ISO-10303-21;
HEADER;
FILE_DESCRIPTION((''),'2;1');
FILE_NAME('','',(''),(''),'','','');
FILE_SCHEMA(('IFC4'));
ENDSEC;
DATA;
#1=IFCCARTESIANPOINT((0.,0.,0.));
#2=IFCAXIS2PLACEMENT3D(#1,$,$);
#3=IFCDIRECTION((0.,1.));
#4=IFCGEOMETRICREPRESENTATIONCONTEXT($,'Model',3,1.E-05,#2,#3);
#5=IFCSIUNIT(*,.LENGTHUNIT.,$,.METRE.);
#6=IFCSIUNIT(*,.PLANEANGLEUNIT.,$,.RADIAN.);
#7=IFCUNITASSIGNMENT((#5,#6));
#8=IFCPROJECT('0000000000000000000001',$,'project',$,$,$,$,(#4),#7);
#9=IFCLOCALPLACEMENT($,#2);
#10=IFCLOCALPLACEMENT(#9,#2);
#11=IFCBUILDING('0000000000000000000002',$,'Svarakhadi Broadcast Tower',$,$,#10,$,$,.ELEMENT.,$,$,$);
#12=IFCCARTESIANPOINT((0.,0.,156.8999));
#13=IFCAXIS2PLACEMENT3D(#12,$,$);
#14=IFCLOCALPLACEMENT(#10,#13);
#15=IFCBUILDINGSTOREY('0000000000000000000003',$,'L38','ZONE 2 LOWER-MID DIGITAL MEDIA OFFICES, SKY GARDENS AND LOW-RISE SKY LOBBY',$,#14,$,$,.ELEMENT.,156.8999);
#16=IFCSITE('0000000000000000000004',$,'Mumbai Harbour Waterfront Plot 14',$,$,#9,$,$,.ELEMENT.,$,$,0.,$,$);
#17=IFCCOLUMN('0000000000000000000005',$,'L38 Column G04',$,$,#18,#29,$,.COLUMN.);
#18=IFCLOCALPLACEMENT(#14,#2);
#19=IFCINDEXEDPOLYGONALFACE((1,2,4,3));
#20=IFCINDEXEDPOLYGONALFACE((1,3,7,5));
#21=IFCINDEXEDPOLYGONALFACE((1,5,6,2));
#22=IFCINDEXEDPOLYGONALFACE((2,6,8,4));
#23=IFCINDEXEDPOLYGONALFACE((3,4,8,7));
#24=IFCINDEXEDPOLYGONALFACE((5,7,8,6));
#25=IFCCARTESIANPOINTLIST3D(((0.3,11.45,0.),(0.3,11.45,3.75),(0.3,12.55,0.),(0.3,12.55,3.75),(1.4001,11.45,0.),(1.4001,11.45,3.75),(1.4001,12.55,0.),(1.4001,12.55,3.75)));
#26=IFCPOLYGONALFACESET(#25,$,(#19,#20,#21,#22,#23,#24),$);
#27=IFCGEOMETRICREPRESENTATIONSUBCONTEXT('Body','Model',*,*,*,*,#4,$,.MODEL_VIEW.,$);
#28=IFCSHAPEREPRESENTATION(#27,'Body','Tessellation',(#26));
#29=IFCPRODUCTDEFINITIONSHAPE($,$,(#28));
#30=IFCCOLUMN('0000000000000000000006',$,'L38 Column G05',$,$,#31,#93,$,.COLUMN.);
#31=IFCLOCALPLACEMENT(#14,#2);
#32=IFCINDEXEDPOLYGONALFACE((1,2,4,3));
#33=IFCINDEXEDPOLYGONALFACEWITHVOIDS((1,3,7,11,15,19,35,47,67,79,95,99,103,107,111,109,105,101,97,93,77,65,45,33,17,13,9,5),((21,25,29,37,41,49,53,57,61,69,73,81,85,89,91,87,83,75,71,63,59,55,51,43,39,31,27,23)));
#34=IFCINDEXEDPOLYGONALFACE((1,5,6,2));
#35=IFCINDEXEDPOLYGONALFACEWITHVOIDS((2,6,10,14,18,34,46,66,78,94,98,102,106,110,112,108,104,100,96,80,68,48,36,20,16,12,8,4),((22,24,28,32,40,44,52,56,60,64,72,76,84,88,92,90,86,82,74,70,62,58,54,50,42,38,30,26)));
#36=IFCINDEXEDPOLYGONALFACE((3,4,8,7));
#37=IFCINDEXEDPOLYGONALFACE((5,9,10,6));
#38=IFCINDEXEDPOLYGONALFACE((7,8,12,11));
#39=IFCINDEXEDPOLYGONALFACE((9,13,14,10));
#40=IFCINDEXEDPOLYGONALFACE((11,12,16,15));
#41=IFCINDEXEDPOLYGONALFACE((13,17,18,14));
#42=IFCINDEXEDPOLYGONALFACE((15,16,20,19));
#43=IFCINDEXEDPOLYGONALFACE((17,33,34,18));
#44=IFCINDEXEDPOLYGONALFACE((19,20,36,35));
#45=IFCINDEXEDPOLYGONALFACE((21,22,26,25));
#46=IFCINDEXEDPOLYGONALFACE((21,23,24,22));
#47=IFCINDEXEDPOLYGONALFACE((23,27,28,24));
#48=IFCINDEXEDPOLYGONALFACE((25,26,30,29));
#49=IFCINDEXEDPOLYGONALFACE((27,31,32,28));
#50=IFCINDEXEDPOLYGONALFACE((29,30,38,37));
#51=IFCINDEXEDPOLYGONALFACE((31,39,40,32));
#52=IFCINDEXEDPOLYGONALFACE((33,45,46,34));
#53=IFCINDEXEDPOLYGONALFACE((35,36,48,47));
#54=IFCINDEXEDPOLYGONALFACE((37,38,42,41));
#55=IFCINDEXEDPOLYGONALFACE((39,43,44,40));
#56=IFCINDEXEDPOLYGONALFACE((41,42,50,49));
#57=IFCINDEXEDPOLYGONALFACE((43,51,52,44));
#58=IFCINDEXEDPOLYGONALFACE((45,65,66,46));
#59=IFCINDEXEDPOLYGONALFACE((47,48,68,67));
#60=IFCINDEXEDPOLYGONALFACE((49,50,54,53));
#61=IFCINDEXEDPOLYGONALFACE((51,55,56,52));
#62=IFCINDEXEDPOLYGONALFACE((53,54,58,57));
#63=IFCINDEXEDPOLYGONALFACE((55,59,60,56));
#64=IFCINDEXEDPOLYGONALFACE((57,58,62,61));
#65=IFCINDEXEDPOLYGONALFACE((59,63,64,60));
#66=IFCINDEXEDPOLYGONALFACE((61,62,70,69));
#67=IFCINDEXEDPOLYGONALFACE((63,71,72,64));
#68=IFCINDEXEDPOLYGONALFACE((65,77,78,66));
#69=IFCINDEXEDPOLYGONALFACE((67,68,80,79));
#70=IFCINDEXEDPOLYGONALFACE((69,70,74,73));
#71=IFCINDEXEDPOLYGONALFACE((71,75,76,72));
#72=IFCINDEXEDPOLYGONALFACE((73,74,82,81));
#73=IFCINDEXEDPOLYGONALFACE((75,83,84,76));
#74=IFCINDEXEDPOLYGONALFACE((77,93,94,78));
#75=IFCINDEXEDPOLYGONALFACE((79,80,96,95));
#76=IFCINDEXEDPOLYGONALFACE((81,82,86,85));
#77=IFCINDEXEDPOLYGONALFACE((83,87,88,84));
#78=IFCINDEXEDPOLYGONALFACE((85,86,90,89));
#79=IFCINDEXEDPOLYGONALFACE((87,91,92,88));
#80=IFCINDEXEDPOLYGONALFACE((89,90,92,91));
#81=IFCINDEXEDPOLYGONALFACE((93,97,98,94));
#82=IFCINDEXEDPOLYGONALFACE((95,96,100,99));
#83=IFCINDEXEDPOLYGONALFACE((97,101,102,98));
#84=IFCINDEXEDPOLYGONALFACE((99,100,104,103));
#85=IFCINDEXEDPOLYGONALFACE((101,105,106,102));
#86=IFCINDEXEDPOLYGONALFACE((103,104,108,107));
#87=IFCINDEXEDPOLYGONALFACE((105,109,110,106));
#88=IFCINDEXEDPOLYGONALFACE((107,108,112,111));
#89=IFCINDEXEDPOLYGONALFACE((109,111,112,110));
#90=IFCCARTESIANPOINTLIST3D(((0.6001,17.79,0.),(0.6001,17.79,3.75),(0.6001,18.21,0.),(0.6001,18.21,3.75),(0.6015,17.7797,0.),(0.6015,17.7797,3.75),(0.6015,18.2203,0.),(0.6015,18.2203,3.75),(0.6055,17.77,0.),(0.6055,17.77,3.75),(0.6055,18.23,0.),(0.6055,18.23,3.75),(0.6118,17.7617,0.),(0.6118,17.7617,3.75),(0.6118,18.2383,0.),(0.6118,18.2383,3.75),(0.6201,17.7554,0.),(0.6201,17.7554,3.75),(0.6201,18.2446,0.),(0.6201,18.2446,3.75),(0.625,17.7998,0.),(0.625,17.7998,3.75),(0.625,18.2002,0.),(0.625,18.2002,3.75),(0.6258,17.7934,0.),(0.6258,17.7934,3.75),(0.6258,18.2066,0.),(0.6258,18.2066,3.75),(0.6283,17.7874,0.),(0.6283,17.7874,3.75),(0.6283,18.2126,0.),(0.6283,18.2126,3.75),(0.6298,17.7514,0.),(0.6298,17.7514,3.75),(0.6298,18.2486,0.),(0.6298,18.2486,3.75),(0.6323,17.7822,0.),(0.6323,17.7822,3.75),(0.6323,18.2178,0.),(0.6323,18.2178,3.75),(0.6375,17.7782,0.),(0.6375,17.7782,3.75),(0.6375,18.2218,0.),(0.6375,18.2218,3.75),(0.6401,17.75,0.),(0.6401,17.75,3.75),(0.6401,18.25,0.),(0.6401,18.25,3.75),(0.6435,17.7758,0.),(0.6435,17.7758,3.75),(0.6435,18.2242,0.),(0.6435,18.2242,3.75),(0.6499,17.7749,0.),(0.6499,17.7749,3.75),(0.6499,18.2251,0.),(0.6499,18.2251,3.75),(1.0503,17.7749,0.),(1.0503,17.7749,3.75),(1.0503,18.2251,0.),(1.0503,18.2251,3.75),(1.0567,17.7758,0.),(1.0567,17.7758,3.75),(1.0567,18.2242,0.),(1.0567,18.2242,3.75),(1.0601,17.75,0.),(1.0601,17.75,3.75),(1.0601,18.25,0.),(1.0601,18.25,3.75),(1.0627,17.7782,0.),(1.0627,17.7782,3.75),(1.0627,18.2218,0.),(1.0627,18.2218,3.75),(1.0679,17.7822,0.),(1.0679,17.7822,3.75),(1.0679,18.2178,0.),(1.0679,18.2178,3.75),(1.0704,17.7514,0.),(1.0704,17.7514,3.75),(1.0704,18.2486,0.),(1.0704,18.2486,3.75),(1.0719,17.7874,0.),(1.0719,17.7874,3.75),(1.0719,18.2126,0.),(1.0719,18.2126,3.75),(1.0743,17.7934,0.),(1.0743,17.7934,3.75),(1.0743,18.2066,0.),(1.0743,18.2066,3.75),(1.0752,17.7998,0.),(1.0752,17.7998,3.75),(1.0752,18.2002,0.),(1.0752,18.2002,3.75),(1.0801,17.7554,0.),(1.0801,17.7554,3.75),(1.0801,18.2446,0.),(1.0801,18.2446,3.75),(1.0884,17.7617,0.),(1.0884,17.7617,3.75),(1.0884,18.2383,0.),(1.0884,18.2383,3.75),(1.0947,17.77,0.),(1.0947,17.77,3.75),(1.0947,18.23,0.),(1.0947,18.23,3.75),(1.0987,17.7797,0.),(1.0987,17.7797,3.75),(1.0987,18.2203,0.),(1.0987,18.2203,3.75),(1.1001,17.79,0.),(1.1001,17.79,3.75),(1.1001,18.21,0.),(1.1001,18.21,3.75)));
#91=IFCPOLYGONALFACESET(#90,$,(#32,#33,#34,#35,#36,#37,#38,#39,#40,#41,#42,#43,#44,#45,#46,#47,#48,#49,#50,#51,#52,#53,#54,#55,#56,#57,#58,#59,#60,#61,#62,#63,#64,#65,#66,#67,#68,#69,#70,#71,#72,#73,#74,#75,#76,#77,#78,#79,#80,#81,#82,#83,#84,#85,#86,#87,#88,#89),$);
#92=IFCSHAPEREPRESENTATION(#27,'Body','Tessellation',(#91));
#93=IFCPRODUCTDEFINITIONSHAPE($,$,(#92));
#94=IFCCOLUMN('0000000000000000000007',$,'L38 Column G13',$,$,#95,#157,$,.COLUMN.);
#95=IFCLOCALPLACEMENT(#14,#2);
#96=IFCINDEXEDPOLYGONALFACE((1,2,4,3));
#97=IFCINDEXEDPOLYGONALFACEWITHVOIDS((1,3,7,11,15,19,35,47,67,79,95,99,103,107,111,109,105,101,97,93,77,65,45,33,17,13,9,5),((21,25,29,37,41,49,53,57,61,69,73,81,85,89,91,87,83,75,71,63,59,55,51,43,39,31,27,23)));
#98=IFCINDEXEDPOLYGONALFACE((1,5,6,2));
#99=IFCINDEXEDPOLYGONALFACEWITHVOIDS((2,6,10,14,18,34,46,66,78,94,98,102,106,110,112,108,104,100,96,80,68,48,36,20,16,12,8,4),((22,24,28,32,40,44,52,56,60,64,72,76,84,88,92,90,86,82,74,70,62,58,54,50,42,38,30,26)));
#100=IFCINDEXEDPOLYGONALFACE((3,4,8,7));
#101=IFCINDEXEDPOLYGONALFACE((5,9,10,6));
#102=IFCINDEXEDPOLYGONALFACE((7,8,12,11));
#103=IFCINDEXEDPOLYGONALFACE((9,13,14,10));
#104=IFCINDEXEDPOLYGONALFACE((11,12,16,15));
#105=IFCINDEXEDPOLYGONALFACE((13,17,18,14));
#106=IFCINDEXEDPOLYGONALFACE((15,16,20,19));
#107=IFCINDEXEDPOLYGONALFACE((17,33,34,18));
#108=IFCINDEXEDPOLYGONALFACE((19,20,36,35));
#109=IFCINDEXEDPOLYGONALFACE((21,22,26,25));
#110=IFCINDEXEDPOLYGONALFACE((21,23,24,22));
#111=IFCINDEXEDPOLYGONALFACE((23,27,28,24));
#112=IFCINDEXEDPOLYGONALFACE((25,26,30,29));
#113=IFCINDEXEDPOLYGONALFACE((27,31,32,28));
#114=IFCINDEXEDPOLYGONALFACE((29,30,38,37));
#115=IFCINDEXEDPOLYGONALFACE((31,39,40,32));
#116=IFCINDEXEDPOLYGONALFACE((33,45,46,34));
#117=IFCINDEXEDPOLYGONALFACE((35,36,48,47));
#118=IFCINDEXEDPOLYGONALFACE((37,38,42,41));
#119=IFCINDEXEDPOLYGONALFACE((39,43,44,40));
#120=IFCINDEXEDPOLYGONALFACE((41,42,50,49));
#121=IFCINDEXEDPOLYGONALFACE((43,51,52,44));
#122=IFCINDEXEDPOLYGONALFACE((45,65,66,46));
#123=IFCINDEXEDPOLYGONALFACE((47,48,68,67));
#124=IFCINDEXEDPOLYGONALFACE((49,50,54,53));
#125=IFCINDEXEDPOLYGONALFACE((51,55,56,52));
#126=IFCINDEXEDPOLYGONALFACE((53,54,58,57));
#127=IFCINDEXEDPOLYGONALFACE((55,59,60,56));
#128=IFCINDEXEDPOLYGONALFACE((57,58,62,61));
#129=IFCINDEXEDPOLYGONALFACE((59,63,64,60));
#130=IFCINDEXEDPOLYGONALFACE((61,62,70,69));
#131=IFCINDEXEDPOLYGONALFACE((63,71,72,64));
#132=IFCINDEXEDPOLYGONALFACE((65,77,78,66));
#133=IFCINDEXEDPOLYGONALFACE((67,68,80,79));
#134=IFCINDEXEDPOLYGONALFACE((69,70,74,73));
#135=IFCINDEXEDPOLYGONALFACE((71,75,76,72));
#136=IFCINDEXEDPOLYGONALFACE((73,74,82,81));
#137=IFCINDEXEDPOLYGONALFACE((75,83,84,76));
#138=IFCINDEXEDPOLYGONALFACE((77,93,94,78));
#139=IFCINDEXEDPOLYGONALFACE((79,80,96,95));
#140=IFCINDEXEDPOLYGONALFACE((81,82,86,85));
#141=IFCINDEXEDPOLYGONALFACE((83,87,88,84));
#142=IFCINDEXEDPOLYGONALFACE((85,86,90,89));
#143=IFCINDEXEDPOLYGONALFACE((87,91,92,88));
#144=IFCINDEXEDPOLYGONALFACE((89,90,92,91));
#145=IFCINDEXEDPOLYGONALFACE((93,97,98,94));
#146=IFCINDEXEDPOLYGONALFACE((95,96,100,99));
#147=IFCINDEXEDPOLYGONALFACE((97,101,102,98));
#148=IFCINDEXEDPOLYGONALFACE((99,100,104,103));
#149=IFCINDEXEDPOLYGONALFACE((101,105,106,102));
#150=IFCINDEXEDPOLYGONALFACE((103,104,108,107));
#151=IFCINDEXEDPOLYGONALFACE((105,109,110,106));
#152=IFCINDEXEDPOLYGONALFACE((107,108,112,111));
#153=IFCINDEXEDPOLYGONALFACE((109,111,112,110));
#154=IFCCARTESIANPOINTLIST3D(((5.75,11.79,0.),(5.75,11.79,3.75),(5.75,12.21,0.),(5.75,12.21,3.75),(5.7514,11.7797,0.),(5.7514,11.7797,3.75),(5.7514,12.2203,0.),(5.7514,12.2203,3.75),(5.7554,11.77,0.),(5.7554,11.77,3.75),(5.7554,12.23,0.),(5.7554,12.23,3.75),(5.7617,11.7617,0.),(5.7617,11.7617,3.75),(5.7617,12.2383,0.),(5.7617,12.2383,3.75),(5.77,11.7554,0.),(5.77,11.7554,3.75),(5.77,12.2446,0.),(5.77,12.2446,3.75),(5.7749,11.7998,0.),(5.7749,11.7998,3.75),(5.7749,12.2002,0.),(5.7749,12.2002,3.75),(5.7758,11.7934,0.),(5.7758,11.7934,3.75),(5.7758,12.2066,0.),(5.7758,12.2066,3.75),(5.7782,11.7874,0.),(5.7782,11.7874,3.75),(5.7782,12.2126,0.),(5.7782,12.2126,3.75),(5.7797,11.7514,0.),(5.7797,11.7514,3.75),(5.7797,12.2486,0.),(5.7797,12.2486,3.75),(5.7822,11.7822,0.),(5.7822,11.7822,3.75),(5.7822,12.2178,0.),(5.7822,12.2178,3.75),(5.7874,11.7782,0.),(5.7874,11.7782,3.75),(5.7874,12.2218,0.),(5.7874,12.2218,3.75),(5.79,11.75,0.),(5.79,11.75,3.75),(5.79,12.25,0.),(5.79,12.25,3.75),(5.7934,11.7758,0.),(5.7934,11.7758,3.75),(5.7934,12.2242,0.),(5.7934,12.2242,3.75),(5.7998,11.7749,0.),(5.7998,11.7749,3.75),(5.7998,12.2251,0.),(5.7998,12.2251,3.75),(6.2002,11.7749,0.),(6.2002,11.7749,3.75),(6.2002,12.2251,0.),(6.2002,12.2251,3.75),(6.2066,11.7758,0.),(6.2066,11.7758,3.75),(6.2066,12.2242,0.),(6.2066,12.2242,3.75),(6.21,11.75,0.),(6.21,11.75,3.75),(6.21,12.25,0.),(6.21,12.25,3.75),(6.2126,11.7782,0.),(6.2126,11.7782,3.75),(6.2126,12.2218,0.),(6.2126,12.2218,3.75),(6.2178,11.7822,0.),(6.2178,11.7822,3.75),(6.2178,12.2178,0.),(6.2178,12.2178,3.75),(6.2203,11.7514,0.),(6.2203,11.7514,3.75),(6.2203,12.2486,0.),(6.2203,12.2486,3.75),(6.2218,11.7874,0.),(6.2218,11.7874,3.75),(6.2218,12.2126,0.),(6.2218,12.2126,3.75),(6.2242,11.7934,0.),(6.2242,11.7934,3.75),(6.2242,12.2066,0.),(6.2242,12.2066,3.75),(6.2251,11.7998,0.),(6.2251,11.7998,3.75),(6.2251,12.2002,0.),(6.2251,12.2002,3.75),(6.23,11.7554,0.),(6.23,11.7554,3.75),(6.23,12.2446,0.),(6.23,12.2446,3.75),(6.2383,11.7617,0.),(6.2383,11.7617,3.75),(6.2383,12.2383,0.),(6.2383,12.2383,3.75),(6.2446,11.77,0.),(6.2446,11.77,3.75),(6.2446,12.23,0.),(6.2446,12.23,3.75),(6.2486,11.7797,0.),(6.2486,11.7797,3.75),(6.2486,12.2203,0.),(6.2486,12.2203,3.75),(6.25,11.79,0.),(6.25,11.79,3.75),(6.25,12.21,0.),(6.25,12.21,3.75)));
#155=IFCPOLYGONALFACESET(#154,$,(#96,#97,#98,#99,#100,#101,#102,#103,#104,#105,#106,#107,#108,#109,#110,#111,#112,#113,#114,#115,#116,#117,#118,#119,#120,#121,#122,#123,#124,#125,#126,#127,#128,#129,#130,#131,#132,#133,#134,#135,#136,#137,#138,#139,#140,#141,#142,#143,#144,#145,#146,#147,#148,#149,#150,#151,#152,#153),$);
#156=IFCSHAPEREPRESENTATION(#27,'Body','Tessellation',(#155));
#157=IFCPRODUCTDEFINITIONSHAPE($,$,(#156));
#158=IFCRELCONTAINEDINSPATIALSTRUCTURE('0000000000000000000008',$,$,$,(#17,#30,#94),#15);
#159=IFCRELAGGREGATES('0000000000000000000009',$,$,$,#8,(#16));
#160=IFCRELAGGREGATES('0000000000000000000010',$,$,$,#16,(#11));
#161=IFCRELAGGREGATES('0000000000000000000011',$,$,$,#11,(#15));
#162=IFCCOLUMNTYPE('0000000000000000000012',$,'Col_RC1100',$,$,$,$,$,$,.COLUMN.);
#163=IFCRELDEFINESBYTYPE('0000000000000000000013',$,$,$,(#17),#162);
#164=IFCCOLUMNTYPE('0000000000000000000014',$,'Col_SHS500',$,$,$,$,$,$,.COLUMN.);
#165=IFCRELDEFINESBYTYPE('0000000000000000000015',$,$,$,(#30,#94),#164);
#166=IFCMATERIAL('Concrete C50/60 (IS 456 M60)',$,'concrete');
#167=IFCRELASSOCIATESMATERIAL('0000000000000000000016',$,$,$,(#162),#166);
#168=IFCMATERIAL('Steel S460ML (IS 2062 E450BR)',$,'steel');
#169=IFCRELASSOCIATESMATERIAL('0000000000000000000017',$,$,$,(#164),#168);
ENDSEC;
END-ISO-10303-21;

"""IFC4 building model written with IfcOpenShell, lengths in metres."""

from ifc_helpers import new_model, si_unit, direction, frame, origin, origin_2d, place, context, subcontext, project, spatial, rectangle, hollow_rectangle, extrude, material, material_profile, profile_set, type_object, element, save


model = new_model("IFC4")

# Units and contexts
model_context = context("Model", 3, precision=1e-05, world=origin(), true_north=direction((0.0, 1.0)))
body_context = subcontext(model_context, "Body", "Model", "MODEL_VIEW")
ifc_project = project(units=[si_unit("LENGTHUNIT", "METRE"), si_unit("PLANEANGLEUNIT", "RADIAN")], contexts=[model_context])

# Site, building, storey
site_placement = place(None, origin())
site = spatial("IfcSite", under=ifc_project, at=site_placement, Name="Mumbai Harbour Waterfront Plot 14", CompositionType="ELEMENT", RefElevation=0.0)
building_placement = place(site_placement, origin())
building = spatial("IfcBuilding", under=site, at=building_placement, Name="Svarakhadi Broadcast Tower", CompositionType="ELEMENT")
storey_placement = place(building_placement, frame((0.0, 0.0, 156.8999)))
storey = spatial("IfcBuildingStorey", under=building, at=storey_placement, Name="L38", Description="ZONE 2 LOWER-MID DIGITAL MEDIA OFFICES, SKY GARDENS AND LOW-RISE SKY LOBBY", CompositionType="ELEMENT", Elevation=156.8999)

# Columns
ifc_material_1 = material(Name="Concrete C50/60 (IS 456 M60)", Category="concrete")
ifc_material_profile_1 = material_profile(ifc_material_1, rectangle(XDim=1.1001, YDim=1.1001, at=origin_2d()), Name="RC 1100x1100")
ifc_profile_set_1 = profile_set([ifc_material_profile_1], Name="Concrete C50/60 (IS 456 M60)")
column_type_1 = type_object("IfcColumnType", Name="Col_RC1100", PredefinedType="COLUMN", material=ifc_profile_set_1)
column_placement = place(storey_placement, frame((0.8501, 12.0, 0.0), z_axis=(0.0, 0.0, 1.0), x_axis=(1.0, 0.0, 0.0)))
element("IfcColumn", 1, at=column_placement, inside=storey, type_object=column_type_1, Name="L38 Column G04", PredefinedType="COLUMN", context=body_context, shape_type="SweptSolid", body=[
    extrude(rectangle(XDim=1.1001, YDim=1.1001, at=origin_2d()), origin(), (0.0, 0.0, 1.0), 3.75),
])
ifc_material_2 = material(Name="Steel S460ML (IS 2062 E450BR)", Category="steel")
ifc_material_profile_2 = material_profile(ifc_material_2, hollow_rectangle(XDim=0.5, YDim=0.5, WallThickness=0.0249, InnerFilletRadius=0.0249, OuterFilletRadius=0.04, at=origin_2d()), Name="SHS 500x500x25")
ifc_profile_set_2 = profile_set([ifc_material_profile_2], Name="Steel S460ML (IS 2062 E450BR)")
column_type_2 = type_object("IfcColumnType", Name="Col_SHS500", PredefinedType="COLUMN", material=ifc_profile_set_2)
for number, where, z_axis, x_axis, name in (
    (2, (0.8501, 18.0, 0.0), (0.0, 0.0, 1.0), (1.0, 0.0, 0.0), "L38 Column G05"),
    (3, (6.0, 12.0, 0.0), (0.0, 0.0, 1.0), (1.0, 0.0, 0.0), "L38 Column G13"),
):
    element("IfcColumn", number, at=place(storey_placement, frame(where, z_axis=z_axis, x_axis=x_axis)), inside=storey, type_object=column_type_2, Name=name, PredefinedType="COLUMN", context=body_context, shape_type="SweptSolid", body=[
        extrude(hollow_rectangle(XDim=0.5, YDim=0.5, WallThickness=0.0249, InnerFilletRadius=0.0249, OuterFilletRadius=0.04, at=origin_2d()), origin(), (0.0, 0.0, 1.0), 3.75),
    ])

save(model, "model.ifc")
